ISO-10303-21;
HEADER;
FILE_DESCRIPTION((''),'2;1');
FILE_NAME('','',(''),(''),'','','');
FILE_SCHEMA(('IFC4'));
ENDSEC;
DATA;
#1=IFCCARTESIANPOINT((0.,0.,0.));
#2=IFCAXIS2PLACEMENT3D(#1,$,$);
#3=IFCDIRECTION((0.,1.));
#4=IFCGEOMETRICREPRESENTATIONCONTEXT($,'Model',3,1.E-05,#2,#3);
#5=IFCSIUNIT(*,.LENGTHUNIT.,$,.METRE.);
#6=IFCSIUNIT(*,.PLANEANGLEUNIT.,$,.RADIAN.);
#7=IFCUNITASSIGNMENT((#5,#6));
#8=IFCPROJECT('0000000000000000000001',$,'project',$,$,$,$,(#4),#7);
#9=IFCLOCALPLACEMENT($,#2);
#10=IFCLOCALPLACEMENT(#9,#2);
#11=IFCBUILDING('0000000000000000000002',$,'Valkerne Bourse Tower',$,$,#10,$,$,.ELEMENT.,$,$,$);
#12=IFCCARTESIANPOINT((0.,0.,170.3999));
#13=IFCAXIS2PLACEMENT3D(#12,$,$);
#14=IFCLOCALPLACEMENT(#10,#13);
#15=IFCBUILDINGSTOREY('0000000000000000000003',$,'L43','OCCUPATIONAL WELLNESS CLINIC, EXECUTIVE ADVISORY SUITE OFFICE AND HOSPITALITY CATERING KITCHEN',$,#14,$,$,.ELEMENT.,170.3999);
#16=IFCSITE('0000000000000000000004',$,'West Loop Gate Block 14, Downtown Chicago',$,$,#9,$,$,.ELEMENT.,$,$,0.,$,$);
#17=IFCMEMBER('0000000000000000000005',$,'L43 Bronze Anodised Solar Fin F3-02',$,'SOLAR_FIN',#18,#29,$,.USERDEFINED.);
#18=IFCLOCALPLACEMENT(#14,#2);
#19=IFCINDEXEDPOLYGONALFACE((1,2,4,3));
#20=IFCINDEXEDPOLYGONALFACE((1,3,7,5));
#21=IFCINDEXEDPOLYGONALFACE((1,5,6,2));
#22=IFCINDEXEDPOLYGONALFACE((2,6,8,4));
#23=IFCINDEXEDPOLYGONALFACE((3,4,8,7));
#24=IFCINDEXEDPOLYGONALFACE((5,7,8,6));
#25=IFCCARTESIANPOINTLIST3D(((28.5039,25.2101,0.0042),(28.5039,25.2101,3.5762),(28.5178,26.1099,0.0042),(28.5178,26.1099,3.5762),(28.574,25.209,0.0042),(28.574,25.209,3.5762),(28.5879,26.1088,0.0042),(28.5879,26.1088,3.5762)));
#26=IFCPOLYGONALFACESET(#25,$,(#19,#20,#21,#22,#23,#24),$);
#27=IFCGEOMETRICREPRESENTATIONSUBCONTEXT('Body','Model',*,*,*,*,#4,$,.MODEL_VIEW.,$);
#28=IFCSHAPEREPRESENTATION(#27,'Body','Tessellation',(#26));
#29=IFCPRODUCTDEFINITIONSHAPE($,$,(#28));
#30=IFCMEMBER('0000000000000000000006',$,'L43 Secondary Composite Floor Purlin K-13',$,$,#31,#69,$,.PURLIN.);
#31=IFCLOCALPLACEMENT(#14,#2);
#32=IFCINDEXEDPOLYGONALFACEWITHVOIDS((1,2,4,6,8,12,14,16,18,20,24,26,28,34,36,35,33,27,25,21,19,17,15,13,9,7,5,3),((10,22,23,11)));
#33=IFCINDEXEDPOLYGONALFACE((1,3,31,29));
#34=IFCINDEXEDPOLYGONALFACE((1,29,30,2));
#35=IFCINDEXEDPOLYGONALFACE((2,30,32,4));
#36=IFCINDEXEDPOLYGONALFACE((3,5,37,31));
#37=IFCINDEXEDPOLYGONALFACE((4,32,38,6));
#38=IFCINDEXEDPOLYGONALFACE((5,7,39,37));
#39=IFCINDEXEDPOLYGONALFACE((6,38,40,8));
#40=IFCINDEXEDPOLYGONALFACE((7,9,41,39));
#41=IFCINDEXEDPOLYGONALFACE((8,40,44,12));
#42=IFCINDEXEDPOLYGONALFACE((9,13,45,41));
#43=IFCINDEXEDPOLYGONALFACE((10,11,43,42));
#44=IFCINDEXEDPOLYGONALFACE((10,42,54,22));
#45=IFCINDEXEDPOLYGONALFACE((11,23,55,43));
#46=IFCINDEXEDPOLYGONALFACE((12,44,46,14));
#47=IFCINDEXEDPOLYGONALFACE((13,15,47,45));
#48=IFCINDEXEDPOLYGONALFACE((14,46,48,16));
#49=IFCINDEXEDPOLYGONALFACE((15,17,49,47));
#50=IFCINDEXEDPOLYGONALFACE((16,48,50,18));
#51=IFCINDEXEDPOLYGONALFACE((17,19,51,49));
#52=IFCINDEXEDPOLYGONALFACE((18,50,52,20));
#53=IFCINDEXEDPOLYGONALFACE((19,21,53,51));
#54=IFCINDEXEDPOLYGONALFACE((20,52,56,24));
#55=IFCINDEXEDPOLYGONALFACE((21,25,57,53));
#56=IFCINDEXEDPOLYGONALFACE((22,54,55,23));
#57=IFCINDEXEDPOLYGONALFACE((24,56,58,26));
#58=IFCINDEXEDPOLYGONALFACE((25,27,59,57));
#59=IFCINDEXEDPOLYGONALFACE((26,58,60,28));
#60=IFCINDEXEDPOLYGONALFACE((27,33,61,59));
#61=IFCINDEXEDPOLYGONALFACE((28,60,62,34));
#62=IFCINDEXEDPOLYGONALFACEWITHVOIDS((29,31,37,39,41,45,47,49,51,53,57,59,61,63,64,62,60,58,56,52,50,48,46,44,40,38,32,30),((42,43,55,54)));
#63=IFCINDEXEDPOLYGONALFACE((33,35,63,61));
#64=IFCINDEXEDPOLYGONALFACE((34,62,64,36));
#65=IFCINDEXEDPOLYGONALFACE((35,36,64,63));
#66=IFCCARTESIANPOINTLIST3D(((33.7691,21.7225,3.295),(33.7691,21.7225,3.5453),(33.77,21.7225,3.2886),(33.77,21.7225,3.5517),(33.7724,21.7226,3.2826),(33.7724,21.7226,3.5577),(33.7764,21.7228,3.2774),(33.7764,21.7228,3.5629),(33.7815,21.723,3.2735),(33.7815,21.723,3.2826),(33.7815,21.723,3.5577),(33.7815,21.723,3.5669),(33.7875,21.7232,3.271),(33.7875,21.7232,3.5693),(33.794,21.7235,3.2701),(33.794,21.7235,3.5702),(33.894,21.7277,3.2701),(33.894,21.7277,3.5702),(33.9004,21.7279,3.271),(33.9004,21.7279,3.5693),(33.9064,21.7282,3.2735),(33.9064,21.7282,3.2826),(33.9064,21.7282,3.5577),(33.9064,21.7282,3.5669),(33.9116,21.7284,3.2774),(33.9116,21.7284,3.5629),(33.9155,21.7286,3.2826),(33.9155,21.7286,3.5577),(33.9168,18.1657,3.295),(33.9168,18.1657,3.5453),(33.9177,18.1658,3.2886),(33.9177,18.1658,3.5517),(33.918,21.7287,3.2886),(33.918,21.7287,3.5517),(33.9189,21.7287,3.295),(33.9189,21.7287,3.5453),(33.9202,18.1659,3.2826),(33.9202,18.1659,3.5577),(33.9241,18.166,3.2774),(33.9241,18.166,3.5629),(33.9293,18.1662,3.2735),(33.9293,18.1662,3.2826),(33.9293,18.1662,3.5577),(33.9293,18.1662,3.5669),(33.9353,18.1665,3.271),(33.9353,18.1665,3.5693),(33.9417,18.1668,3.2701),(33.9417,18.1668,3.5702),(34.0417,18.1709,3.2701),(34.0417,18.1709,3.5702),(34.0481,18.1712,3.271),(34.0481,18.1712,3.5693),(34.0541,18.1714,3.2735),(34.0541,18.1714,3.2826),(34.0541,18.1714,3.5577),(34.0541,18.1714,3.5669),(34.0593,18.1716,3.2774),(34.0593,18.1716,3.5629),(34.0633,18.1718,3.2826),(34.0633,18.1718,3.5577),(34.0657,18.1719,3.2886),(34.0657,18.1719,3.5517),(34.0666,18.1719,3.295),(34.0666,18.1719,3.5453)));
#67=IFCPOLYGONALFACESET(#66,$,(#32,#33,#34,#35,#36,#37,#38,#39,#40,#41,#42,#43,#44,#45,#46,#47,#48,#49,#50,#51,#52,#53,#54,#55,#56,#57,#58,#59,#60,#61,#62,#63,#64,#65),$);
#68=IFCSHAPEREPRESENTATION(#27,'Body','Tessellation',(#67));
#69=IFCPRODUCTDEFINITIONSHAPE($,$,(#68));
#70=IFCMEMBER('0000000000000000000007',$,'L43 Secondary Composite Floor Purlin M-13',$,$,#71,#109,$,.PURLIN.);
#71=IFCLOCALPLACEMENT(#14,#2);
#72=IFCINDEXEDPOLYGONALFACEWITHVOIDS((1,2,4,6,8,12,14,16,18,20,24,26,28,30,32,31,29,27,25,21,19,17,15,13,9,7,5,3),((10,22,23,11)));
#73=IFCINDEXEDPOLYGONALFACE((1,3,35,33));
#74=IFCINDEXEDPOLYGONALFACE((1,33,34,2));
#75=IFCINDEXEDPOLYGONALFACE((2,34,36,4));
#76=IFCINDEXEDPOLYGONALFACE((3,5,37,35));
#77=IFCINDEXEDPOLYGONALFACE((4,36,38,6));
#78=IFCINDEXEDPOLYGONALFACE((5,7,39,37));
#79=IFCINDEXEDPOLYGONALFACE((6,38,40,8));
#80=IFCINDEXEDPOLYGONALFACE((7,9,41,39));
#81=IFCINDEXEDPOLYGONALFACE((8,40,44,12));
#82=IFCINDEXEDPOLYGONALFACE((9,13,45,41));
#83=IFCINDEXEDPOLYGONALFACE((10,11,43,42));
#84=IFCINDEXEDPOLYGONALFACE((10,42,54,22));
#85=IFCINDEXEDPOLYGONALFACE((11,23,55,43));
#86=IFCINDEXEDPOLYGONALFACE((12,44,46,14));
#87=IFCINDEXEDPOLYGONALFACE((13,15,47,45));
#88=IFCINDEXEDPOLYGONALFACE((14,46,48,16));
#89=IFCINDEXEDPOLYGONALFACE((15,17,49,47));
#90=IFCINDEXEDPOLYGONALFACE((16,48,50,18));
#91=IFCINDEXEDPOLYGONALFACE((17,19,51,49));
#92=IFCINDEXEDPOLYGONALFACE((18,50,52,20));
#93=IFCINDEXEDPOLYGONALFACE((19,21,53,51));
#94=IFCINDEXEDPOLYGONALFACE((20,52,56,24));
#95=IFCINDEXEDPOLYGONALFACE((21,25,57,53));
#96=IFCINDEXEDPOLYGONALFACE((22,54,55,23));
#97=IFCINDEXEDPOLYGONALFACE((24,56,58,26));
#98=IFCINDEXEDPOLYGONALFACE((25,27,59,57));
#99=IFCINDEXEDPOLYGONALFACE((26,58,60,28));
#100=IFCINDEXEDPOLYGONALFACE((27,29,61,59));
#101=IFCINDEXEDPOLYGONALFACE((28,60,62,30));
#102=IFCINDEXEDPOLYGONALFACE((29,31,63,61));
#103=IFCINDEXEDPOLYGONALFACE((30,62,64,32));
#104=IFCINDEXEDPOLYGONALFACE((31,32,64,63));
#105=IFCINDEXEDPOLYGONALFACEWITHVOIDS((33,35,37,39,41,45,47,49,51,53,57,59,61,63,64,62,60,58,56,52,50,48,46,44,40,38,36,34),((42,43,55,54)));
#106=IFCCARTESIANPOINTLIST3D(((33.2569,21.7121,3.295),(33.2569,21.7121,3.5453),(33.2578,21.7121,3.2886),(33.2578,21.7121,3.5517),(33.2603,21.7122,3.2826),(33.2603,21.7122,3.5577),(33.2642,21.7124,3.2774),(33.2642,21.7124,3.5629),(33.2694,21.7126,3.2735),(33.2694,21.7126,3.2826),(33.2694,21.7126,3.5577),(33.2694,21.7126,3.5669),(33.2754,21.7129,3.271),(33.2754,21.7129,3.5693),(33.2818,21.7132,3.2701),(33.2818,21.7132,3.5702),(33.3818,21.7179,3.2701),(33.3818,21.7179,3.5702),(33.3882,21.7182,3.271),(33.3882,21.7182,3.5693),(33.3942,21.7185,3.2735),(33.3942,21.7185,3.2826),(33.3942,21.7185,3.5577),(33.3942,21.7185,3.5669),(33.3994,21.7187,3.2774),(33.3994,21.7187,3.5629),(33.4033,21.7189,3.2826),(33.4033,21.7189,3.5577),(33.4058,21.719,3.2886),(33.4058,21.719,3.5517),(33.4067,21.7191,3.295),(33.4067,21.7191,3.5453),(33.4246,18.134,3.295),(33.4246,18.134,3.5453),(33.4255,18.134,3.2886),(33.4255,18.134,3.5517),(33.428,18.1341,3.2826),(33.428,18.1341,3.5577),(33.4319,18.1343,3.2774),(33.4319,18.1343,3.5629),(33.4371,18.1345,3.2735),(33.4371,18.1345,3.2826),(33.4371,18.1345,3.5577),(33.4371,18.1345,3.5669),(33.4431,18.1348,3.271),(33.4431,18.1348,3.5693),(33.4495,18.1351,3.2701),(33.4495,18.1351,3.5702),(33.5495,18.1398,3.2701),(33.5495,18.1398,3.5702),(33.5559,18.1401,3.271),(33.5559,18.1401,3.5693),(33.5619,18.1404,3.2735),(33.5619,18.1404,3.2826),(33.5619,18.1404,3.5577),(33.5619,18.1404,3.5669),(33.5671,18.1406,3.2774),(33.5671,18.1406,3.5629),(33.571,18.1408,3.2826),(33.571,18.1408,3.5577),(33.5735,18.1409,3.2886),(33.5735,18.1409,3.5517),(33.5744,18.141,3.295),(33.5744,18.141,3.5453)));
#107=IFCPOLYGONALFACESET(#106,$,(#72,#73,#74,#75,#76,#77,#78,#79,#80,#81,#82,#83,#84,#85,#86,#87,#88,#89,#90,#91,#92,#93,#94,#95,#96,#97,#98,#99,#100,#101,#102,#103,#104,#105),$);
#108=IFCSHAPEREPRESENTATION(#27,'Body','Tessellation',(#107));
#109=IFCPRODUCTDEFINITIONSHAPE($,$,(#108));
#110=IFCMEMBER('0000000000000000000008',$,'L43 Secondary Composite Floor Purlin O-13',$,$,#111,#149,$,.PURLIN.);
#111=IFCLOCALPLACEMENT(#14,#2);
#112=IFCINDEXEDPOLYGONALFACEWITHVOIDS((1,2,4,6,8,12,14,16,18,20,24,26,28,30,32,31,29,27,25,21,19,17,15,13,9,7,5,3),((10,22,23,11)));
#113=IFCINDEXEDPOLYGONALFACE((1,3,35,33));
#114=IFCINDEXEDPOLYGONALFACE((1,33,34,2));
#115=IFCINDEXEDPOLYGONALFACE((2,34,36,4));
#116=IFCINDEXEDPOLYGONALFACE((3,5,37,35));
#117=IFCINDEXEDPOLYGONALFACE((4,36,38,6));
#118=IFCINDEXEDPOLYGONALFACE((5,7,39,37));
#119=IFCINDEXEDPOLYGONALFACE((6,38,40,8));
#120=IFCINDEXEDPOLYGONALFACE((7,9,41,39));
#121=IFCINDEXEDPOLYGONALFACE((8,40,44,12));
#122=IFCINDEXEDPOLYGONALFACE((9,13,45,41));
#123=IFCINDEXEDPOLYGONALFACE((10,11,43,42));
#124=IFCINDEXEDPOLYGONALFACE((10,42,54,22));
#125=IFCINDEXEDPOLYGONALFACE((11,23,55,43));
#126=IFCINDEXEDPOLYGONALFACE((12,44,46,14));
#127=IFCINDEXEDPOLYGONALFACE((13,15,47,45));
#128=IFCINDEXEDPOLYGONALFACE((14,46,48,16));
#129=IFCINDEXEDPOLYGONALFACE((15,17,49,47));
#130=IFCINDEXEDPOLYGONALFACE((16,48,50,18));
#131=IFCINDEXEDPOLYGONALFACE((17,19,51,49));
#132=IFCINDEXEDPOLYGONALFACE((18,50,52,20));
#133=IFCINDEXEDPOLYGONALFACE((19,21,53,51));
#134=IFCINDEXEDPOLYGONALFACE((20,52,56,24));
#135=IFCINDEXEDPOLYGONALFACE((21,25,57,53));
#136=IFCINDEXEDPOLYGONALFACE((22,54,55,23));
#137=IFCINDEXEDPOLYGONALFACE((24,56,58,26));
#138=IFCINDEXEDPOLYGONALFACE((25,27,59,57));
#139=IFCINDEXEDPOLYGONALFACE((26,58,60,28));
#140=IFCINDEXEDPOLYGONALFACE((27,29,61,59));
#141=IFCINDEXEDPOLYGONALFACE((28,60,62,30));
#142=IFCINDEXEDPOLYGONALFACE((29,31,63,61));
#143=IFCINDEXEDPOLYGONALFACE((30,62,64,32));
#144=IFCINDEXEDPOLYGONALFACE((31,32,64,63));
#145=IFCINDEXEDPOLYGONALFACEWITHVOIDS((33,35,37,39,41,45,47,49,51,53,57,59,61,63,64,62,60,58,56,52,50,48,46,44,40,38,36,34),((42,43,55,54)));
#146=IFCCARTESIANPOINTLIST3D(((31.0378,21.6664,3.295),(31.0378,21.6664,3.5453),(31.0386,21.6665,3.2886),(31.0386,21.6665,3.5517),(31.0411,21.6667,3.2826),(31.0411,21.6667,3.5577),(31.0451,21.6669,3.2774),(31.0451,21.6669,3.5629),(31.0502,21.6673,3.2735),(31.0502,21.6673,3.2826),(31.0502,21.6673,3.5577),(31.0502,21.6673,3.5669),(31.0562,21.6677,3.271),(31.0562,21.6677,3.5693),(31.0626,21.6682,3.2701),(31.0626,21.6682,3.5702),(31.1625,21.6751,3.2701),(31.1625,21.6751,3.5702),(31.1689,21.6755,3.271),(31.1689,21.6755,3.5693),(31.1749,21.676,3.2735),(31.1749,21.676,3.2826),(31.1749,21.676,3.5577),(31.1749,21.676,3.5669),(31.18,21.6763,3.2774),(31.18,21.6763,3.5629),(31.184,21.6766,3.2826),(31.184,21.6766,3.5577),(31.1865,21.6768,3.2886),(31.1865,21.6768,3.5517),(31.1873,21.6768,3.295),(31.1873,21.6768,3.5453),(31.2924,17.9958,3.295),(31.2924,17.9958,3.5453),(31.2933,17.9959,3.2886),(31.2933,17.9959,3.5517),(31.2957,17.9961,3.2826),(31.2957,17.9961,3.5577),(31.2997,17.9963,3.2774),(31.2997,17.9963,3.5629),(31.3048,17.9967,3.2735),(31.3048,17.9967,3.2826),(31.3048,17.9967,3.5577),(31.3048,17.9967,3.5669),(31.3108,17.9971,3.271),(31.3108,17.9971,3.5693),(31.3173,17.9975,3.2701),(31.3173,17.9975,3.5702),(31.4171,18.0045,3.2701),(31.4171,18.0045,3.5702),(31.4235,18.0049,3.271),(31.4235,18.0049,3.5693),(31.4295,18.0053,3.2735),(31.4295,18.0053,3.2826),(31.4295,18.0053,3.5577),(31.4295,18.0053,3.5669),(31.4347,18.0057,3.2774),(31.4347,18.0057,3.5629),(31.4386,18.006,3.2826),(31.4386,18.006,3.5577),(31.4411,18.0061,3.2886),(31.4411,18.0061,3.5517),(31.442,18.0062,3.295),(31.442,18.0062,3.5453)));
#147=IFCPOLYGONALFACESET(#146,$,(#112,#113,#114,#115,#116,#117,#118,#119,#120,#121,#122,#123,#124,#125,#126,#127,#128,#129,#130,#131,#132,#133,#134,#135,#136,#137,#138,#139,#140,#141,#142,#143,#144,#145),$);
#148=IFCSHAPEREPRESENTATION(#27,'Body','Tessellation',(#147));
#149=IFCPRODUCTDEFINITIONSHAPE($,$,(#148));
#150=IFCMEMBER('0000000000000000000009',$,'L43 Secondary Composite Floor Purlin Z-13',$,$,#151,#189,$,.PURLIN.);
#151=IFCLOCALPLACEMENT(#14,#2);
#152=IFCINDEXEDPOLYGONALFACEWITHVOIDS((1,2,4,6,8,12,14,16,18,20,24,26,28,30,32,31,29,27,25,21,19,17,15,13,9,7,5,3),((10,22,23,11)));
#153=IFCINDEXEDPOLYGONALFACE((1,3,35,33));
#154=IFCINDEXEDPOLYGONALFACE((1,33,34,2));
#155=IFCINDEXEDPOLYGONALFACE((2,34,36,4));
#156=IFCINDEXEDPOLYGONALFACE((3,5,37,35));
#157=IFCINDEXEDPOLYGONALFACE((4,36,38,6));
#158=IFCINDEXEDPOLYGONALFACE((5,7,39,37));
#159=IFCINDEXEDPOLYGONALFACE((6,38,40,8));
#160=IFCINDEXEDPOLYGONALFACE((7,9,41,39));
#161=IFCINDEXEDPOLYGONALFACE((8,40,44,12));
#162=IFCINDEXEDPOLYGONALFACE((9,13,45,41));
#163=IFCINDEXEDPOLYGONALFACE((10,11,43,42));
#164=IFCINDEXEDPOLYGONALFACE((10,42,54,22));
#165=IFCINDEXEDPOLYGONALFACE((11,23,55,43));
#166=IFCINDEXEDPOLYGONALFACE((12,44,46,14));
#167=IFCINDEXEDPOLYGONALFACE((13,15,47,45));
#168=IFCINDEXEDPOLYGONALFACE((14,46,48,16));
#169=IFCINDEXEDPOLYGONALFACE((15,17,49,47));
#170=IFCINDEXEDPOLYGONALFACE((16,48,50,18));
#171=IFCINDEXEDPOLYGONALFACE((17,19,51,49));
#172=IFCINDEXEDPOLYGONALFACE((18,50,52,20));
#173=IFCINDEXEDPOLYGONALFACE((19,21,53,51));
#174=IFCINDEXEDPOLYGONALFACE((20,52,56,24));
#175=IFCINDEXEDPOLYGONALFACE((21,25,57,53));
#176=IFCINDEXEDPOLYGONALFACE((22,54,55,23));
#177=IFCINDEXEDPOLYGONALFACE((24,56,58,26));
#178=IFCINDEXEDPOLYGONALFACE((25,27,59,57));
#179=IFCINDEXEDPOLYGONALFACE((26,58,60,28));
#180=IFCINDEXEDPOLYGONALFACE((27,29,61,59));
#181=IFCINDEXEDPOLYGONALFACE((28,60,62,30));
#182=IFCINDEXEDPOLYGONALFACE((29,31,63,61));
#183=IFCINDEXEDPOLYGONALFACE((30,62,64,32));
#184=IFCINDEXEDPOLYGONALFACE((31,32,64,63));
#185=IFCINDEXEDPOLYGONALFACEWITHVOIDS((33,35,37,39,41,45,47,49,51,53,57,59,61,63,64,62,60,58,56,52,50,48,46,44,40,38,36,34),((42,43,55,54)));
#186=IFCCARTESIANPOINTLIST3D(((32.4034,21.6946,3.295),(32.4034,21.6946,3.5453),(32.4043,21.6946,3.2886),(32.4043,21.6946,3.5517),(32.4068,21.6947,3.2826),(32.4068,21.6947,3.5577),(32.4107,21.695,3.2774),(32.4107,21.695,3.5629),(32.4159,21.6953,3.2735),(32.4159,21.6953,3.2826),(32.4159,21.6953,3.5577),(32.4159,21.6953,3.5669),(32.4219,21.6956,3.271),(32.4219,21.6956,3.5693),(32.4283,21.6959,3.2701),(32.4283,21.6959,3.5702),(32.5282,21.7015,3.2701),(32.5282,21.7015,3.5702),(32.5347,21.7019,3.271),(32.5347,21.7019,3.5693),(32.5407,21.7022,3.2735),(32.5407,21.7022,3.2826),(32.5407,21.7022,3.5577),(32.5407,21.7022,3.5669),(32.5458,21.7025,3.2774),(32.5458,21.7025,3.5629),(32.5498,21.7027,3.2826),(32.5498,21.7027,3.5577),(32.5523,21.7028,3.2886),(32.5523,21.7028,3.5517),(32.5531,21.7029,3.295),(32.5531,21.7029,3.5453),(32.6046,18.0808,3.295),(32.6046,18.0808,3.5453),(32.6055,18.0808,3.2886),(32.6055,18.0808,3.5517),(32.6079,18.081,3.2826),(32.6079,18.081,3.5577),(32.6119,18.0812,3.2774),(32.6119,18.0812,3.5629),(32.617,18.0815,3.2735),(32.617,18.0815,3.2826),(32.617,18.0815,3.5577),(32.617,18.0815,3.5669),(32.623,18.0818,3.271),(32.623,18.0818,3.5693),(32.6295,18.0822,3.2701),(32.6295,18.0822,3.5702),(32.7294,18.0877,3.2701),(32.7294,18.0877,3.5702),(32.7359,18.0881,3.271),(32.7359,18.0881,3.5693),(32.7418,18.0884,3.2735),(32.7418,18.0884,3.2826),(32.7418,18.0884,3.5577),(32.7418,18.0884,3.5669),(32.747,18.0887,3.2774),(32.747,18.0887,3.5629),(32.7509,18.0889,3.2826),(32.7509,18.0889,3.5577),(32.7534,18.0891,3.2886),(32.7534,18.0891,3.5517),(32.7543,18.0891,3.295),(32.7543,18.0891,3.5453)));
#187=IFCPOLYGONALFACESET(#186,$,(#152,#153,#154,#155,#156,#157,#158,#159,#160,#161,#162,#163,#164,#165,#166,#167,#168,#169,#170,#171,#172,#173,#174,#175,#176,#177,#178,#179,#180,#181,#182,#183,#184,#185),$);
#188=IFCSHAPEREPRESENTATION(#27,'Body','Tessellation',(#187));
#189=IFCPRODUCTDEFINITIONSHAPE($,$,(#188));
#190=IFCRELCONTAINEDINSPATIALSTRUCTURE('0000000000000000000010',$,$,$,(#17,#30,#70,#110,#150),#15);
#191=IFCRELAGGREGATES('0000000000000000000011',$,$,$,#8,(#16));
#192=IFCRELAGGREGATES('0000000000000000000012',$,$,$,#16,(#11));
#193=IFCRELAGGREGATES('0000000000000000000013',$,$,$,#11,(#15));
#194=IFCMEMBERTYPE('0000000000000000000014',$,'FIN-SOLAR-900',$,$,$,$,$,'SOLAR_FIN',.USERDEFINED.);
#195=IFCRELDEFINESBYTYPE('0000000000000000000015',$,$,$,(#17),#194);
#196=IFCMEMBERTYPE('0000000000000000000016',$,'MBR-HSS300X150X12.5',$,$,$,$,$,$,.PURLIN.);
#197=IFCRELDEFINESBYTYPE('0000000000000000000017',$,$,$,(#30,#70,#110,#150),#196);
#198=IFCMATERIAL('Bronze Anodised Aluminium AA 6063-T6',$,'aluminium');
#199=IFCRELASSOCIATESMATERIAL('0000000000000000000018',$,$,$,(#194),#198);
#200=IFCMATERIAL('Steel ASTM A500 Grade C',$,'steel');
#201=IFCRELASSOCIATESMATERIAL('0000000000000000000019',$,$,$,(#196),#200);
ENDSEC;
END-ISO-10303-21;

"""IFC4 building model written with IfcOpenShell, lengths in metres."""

from ifc_helpers import new_model, si_unit, direction, frame, origin, origin_2d, place, context, subcontext, project, spatial, rectangle, hollow_rectangle, extrude, material, material_profile, profile_set, type_object, element, save


model = new_model("IFC4")

# Units and contexts
model_context = context("Model", 3, precision=1e-05, world=origin(), true_north=direction((0.0, 1.0)))
body_context = subcontext(model_context, "Body", "Model", "MODEL_VIEW")
ifc_project = project(units=[si_unit("LENGTHUNIT", "METRE"), si_unit("PLANEANGLEUNIT", "RADIAN")], contexts=[model_context])

# Site, building, storey
site_placement = place(None, origin())
site = spatial("IfcSite", under=ifc_project, at=site_placement, Name="West Loop Gate Block 14, Downtown Chicago", CompositionType="ELEMENT", RefElevation=0.0)
building_placement = place(site_placement, origin())
building = spatial("IfcBuilding", under=site, at=building_placement, Name="Valkerne Bourse Tower", CompositionType="ELEMENT")
storey_placement = place(building_placement, frame((0.0, 0.0, 170.3999)))
storey = spatial("IfcBuildingStorey", under=building, at=storey_placement, Name="L43", Description="OCCUPATIONAL WELLNESS CLINIC, EXECUTIVE ADVISORY SUITE OFFICE AND HOSPITALITY CATERING KITCHEN", CompositionType="ELEMENT", Elevation=170.3999)

# Members
ifc_material_1 = material(Name="Bronze Anodised Aluminium AA 6063-T6", Category="aluminium")
ifc_material_profile_1 = material_profile(ifc_material_1, rectangle(XDim=0.0701, YDim=0.8999, at=origin_2d()), Name="FIN-70X900")
ifc_profile_set_1 = profile_set([ifc_material_profile_1], Name="Bronze Anodised Aluminium AA 6063-T6")
member_type_1 = type_object("IfcMemberType", Name="FIN-SOLAR-900", ElementType="SOLAR_FIN", PredefinedType="USERDEFINED", material=ifc_profile_set_1)
member_1_placement = place(storey_placement, frame((28.5459, 25.6594, 0.0042), z_axis=(0.0, 0.0, 1.0), x_axis=(-0.999881, 0.015449, 0.0)))
element("IfcMember", 1, at=member_1_placement, inside=storey, type_object=member_type_1, Name="L43 Bronze Anodised Solar Fin F3-02", ObjectType="SOLAR_FIN", PredefinedType="USERDEFINED", context=body_context, shape_type="SweptSolid", body=[
    extrude(rectangle(XDim=0.0701, YDim=0.8999, at=origin_2d()), origin(), (0.0, 0.0, 1.0), 3.572),
])
ifc_material_2 = material(Name="Steel ASTM A500 Grade C", Category="steel")
ifc_material_profile_2 = material_profile(ifc_material_2, hollow_rectangle(XDim=0.1499, YDim=0.3, WallThickness=0.0125, OuterFilletRadius=0.0249, at=origin_2d()), Name="HSS300X150X12.5")
ifc_profile_set_2 = profile_set([ifc_material_profile_2], Name="Steel ASTM A500 Grade C")
member_type_2 = type_object("IfcMemberType", Name="MBR-HSS300X150X12.5", PredefinedType="PURLIN", material=ifc_profile_set_2)
member_2_placement = place(storey_placement, frame((33.844, 21.7256, 3.4202), z_axis=(0.041494, -0.999139, 0.0), x_axis=(0.999139, 0.041494, 0.0)))
element("IfcMember", 2, at=member_2_placement, inside=storey, type_object=member_type_2, Name="L43 Secondary Composite Floor Purlin K-13", PredefinedType="PURLIN", context=body_context, shape_type="SweptSolid", body=[
    extrude(hollow_rectangle(XDim=0.1499, YDim=0.3, WallThickness=0.0125, OuterFilletRadius=0.0249, at=origin_2d()), origin(), (0.0, 0.0, 1.0), 3.5598),
])
member_3_placement = place(storey_placement, frame((33.3318, 21.7156, 3.4202), z_axis=(0.046824, -0.998903, 0.0), x_axis=(0.998903, 0.046824, 0.0)))
element("IfcMember", 3, at=member_3_placement, inside=storey, type_object=member_type_2, Name="L43 Secondary Composite Floor Purlin M-13", PredefinedType="PURLIN", context=body_context, shape_type="SweptSolid", body=[
    extrude(hollow_rectangle(XDim=0.1499, YDim=0.3, WallThickness=0.0125, OuterFilletRadius=0.0249, at=origin_2d()), origin(), (0.0, 0.0, 1.0), 3.582),
])
member_4_placement = place(storey_placement, frame((31.1125, 21.6716, 3.4202), z_axis=(0.069205, -0.997602, 0.0), x_axis=(0.997602, 0.069205, 0.0)))
element("IfcMember", 4, at=member_4_placement, inside=storey, type_object=member_type_2, Name="L43 Secondary Composite Floor Purlin O-13", PredefinedType="PURLIN", context=body_context, shape_type="SweptSolid", body=[
    extrude(hollow_rectangle(XDim=0.1499, YDim=0.3, WallThickness=0.0125, OuterFilletRadius=0.0249, at=origin_2d()), origin(), (0.0, 0.0, 1.0), 3.6794),
])
member_5_placement = place(storey_placement, frame((32.4783, 21.6987, 3.4202), z_axis=(0.055582, -0.998454, 0.0), x_axis=(0.998454, 0.055582, 0.0)))
element("IfcMember", 5, at=member_5_placement, inside=storey, type_object=member_type_2, Name="L43 Secondary Composite Floor Purlin Z-13", PredefinedType="PURLIN", context=body_context, shape_type="SweptSolid", body=[
    extrude(hollow_rectangle(XDim=0.1499, YDim=0.3, WallThickness=0.0125, OuterFilletRadius=0.0249, at=origin_2d()), origin(), (0.0, 0.0, 1.0), 3.6194),
])

save(model, "model.ifc")
